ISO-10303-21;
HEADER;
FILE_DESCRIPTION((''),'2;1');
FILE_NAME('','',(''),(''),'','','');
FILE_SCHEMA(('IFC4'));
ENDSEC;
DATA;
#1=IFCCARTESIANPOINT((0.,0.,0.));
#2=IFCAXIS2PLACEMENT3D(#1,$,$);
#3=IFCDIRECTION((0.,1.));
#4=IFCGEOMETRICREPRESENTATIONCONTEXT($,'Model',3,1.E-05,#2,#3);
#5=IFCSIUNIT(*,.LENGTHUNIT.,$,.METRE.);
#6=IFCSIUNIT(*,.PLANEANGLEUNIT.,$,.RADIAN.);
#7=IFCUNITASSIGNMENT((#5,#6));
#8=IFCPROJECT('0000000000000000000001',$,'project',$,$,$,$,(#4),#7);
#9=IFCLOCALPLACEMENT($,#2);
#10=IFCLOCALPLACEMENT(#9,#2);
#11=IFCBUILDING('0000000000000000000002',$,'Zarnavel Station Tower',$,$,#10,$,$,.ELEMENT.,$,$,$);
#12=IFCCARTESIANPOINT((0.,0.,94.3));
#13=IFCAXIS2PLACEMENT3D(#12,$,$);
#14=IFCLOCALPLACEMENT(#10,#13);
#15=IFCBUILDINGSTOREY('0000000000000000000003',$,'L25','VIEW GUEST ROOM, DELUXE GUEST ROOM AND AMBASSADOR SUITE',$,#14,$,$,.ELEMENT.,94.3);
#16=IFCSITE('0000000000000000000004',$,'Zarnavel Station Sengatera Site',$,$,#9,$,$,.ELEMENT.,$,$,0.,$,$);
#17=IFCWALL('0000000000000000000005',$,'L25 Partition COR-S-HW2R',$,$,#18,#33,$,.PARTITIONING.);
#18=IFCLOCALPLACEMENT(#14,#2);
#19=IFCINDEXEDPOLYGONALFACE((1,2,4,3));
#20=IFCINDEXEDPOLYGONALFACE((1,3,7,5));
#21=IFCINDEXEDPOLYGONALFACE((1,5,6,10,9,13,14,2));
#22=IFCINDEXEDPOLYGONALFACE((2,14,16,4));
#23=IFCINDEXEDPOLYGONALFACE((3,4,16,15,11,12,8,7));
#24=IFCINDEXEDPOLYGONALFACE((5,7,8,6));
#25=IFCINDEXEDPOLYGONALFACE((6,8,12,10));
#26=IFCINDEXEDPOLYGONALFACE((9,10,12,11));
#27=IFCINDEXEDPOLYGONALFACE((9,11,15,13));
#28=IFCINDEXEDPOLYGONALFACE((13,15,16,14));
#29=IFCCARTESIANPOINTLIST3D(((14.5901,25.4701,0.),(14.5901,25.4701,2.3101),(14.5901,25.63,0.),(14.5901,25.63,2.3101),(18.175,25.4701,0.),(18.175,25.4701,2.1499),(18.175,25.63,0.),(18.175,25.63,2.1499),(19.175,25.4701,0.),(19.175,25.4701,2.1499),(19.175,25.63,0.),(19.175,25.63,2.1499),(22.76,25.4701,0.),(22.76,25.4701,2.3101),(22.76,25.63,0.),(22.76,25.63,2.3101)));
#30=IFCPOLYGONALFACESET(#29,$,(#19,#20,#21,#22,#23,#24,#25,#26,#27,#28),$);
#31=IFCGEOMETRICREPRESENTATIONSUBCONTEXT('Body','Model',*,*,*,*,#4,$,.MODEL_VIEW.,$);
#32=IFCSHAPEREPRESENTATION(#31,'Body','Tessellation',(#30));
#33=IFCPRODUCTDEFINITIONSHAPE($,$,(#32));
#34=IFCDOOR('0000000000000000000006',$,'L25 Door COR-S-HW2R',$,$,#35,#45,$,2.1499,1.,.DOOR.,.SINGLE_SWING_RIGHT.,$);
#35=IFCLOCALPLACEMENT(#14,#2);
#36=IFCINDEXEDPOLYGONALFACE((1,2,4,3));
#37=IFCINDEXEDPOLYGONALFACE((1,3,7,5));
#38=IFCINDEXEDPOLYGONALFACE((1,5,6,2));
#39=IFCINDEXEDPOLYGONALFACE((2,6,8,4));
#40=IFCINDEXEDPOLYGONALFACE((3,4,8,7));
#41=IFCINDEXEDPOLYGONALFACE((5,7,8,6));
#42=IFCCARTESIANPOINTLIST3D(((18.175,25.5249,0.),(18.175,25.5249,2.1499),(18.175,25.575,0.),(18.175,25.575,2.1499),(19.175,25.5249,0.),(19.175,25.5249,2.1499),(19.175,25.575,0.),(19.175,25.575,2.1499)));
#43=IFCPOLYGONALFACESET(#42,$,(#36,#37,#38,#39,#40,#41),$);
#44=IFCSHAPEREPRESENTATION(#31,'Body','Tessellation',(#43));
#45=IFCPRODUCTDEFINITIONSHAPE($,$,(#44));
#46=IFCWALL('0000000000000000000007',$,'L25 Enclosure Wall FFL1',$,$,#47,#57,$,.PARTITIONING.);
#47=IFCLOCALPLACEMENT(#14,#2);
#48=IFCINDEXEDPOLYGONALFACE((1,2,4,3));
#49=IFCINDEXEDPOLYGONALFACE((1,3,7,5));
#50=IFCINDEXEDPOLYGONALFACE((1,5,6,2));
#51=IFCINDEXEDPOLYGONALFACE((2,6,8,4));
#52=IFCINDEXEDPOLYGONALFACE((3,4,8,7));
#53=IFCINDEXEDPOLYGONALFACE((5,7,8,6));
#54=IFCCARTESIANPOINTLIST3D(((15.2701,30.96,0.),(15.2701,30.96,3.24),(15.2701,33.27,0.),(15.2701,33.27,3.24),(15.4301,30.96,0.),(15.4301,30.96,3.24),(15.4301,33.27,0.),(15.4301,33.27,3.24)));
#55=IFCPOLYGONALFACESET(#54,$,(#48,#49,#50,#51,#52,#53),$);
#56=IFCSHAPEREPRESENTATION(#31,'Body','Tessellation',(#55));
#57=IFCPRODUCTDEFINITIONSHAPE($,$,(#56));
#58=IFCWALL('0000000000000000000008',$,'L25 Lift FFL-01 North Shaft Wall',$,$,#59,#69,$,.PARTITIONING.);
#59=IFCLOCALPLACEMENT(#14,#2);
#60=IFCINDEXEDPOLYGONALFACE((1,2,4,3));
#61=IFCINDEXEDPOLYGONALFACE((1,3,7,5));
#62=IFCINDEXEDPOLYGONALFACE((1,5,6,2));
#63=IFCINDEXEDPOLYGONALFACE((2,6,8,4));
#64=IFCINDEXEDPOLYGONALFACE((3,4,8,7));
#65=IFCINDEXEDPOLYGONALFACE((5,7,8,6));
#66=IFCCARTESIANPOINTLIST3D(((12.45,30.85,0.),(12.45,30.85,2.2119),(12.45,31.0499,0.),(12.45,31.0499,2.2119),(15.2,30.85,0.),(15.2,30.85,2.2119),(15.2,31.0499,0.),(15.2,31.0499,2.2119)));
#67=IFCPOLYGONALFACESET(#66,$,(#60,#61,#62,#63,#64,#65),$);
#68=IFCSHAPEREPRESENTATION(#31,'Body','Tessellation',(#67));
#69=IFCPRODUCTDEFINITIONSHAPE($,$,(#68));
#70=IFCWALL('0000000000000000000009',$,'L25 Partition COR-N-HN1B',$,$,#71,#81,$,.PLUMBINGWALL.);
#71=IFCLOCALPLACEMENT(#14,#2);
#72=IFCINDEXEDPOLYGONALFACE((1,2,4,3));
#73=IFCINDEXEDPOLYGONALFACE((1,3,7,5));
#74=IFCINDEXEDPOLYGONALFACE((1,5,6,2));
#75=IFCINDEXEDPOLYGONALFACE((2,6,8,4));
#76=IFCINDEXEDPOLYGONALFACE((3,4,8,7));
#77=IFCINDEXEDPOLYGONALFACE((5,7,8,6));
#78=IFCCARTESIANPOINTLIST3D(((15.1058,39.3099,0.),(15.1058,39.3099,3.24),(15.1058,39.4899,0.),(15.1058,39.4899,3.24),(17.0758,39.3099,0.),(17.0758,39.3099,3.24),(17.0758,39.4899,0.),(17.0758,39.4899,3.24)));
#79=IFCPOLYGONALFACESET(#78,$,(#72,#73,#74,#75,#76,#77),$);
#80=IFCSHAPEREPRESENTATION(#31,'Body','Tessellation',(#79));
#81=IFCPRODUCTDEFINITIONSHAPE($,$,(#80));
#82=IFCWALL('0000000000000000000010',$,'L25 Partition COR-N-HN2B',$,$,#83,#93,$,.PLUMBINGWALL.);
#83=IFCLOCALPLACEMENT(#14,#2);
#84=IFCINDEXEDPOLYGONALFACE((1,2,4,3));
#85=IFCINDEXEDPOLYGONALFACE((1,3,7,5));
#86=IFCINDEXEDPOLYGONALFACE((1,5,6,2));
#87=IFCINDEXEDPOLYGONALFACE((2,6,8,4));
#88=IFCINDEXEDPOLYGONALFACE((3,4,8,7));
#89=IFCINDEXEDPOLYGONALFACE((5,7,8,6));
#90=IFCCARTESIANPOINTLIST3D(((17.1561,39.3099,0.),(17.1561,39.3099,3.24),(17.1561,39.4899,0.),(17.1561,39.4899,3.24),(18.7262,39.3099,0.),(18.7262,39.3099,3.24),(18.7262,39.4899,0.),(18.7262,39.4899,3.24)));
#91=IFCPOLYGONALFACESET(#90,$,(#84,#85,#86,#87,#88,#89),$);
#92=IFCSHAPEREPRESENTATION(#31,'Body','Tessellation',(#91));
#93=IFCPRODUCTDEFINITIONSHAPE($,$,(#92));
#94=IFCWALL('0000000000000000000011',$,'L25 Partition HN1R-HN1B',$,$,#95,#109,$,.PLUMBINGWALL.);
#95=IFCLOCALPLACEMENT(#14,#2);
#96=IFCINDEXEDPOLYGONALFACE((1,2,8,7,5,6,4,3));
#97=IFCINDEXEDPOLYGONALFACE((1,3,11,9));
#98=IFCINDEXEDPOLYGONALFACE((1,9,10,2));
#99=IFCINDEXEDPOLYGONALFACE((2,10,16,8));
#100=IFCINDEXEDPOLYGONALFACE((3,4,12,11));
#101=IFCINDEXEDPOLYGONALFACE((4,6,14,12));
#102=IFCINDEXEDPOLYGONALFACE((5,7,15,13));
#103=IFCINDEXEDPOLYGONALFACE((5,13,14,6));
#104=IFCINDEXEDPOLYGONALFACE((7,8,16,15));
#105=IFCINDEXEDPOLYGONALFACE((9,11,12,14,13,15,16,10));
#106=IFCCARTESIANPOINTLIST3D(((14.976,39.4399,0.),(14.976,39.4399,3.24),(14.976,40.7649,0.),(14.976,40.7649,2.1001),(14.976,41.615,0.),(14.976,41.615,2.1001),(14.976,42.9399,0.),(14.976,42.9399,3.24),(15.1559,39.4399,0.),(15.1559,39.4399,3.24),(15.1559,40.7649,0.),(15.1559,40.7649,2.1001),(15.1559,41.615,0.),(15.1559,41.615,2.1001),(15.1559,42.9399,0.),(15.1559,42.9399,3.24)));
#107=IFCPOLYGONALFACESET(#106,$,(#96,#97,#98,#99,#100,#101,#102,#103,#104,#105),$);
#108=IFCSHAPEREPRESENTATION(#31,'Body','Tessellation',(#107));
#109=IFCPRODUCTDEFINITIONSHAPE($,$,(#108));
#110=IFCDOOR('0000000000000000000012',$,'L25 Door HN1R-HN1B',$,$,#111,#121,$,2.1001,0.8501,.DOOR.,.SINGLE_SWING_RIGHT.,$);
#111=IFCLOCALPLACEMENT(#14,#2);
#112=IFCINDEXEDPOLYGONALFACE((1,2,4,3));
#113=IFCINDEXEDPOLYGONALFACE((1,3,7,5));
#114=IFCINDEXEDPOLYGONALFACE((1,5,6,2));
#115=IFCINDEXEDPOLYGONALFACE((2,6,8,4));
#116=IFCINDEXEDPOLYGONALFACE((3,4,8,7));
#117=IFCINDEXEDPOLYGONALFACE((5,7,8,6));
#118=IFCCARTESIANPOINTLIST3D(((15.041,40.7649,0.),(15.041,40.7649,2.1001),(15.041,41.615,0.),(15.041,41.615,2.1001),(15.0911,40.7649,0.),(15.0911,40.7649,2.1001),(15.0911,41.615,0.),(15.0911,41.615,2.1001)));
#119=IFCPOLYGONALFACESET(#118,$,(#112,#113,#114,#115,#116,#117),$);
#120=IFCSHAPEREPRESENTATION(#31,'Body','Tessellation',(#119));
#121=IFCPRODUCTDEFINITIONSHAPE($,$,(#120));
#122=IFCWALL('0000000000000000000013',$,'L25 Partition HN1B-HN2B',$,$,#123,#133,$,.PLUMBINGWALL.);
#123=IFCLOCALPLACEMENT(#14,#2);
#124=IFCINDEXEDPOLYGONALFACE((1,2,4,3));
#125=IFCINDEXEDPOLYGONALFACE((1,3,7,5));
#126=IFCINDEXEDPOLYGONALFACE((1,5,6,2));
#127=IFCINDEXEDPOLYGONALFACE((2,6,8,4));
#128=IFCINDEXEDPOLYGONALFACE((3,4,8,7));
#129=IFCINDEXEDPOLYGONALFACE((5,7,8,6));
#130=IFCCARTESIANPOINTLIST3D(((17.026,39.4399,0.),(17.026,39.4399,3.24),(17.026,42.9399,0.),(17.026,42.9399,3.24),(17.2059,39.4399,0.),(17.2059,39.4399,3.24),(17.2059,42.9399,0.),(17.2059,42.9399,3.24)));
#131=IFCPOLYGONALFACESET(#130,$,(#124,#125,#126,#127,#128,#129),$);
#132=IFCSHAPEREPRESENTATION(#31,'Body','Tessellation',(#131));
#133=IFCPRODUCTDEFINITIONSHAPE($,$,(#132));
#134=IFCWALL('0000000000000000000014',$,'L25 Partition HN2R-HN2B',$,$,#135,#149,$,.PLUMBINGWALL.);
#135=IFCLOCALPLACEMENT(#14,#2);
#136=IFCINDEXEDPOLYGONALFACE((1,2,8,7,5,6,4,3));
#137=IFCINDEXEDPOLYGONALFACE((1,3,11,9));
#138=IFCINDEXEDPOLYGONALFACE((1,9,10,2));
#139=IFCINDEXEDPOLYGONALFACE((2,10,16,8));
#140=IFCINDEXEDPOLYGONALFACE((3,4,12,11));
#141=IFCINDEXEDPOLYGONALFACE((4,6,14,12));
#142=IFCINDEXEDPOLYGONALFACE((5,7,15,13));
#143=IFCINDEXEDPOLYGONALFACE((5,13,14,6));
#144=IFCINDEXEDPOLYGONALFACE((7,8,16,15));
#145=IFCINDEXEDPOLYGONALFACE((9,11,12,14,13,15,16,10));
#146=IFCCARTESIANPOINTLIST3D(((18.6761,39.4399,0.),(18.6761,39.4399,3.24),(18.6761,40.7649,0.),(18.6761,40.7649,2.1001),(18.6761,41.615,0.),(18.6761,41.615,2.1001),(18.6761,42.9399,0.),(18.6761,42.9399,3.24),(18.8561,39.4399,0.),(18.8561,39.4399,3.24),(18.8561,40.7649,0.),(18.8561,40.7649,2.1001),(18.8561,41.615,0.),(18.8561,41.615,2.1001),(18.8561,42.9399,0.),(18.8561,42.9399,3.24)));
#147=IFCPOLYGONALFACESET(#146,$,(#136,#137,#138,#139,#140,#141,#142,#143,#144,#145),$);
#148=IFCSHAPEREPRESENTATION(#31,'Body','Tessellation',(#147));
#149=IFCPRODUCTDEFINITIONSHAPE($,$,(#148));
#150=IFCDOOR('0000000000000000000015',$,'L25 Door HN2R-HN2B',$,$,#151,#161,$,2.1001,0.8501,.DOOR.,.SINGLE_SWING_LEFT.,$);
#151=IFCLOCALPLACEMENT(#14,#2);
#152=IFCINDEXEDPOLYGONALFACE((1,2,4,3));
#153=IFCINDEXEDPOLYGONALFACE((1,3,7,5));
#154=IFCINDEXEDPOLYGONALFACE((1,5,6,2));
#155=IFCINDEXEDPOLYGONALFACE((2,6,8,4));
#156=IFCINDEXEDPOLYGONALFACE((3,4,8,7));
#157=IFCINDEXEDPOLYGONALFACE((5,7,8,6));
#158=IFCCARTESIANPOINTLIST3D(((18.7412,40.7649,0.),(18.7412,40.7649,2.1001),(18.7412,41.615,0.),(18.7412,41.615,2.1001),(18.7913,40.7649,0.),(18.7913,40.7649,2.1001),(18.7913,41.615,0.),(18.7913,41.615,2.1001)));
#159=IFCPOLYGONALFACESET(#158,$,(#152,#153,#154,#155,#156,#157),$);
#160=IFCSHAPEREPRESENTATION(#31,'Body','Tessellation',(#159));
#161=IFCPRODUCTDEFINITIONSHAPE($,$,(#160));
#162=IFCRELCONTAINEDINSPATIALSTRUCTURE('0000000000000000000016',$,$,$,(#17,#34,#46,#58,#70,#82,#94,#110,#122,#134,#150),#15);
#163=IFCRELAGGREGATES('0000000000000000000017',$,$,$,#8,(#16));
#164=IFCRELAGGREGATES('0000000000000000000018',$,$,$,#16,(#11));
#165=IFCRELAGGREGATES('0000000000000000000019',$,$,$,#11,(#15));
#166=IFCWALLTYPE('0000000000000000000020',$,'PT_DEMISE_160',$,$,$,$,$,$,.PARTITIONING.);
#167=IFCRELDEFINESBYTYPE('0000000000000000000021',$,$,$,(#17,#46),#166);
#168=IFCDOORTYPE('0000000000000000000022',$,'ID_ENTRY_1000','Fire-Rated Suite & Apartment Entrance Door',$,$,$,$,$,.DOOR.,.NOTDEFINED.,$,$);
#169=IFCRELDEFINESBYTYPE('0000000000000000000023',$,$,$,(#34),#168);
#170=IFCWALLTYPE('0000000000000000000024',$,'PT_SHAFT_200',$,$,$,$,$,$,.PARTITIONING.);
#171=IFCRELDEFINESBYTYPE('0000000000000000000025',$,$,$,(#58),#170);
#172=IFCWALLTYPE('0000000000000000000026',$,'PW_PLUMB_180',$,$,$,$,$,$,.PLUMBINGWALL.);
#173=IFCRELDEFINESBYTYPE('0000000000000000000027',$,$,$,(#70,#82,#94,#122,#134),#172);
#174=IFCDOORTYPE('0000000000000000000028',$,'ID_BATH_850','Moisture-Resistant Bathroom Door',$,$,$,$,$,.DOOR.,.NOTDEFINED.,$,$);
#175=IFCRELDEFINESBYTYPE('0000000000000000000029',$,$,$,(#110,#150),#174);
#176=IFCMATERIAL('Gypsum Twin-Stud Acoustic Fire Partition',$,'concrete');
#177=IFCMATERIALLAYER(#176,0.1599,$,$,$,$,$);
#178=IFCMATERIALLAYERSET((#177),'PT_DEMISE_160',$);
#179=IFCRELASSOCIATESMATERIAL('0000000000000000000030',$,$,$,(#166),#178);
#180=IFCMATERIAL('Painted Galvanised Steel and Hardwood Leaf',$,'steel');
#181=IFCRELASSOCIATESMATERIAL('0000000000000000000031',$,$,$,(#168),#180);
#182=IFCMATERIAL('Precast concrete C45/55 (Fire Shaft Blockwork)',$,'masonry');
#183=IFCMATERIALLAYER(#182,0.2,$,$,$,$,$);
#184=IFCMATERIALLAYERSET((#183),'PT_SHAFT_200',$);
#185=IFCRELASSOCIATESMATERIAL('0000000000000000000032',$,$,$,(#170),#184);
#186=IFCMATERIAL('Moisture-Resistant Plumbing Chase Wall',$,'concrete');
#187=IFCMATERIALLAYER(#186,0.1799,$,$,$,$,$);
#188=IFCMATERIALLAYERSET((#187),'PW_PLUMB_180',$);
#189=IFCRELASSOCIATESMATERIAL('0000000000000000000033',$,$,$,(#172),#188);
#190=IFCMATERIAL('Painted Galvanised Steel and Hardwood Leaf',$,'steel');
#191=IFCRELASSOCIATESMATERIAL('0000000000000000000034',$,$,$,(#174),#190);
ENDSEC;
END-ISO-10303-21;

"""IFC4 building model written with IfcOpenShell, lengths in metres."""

from ifc_helpers import new_model, si_unit, direction, frame, frame_2d, origin, place, context, subcontext, project, spatial, rectangle, extrude, material, layer, layer_set, type_object, element, fill, save


model = new_model("IFC4")

# Units and contexts
model_context = context("Model", 3, precision=1e-05, world=origin(), true_north=direction((0.0, 1.0)))
body_context = subcontext(model_context, "Body", "Model", "MODEL_VIEW")
ifc_project = project(units=[si_unit("LENGTHUNIT", "METRE"), si_unit("PLANEANGLEUNIT", "RADIAN")], contexts=[model_context])

# Site, building, storey
site_placement = place(None, origin())
site = spatial("IfcSite", under=ifc_project, at=site_placement, Name="Zarnavel Station Sengatera Site", CompositionType="ELEMENT", RefElevation=0.0)
building_placement = place(site_placement, origin())
building = spatial("IfcBuilding", under=site, at=building_placement, Name="Zarnavel Station Tower", CompositionType="ELEMENT")
storey_placement = place(building_placement, frame((0.0, 0.0, 94.3)))
storey = spatial("IfcBuildingStorey", under=building, at=storey_placement, Name="L25", Description="VIEW GUEST ROOM, DELUXE GUEST ROOM AND AMBASSADOR SUITE", CompositionType="ELEMENT", Elevation=94.3)

# Wall, opening, door
ifc_material_1 = material(Name="Gypsum Twin-Stud Acoustic Fire Partition", Category="concrete")
ifc_layer_1 = layer(ifc_material_1, 0.1599)
ifc_layer_set_1 = layer_set([ifc_layer_1], Name="PT_DEMISE_160")
wall_type_1 = type_object("IfcWallType", Name="PT_DEMISE_160", PredefinedType="PARTITIONING", material=ifc_layer_set_1)
wall_1_placement = place(storey_placement, frame((14.5901, 25.55, 0.0), z_axis=(0.0, 0.0, 1.0), x_axis=(1.0, 0.0, 0.0)))
wall_1 = element("IfcWall", 1, at=wall_1_placement, inside=storey, type_object=wall_type_1, Name="L25 Partition COR-S-HW2R", PredefinedType="PARTITIONING", context=body_context, shape_type="SweptSolid", body=[
    extrude(rectangle(XDim=8.1699, YDim=0.1599, at=frame_2d((4.085, 0.0))), origin(), (0.0, 0.0, 1.0), 2.3101),
])
opening_1_placement = place(wall_1_placement, frame((3.585, 0.0, 0.0)))
opening_1 = element("IfcOpeningElement", 2, at=opening_1_placement, cuts=wall_1, PredefinedType="OPENING", context=body_context, shape_type="SweptSolid", body=[
    extrude(rectangle(XDim=1.0, YDim=2.1499, at=frame_2d((0.5, 1.075))), frame((0.0, 0.0898, 0.0), z_axis=(0.0, -1.0, 0.0), x_axis=(1.0, 0.0, 0.0)), (0.0, 0.0, 1.0), 0.1799),
])
ifc_material_2 = material(Name="Painted Galvanised Steel and Hardwood Leaf", Category="steel")
door_type_1 = type_object("IfcDoorType", Name="ID_ENTRY_1000", Description="Fire-Rated Suite & Apartment Entrance Door", OperationType="NOTDEFINED", PredefinedType="DOOR", material=ifc_material_2)
door_1_placement = place(opening_1_placement, origin())
door_1 = element("IfcDoor", 3, at=door_1_placement, inside=storey, type_object=door_type_1, Name="L25 Door COR-S-HW2R", OperationType="SINGLE_SWING_RIGHT", OverallHeight=2.1499, OverallWidth=1.0, PredefinedType="DOOR", context=body_context, shape_type="SweptSolid", body=[
    extrude(rectangle(XDim=1.0, YDim=2.1499, at=frame_2d((0.5, 1.075))), frame((0.0, 0.0249, 0.0), z_axis=(0.0, -1.0, 0.0), x_axis=(1.0, 0.0, 0.0)), (0.0, 0.0, 1.0), 0.05),
])
fill(opening_1, door_1)

# Wall
wall_2_placement = place(storey_placement, frame((15.3501, 30.96, 0.0), z_axis=(0.0, 0.0, 1.0), x_axis=(0.0, 1.0, 0.0)))
element("IfcWall", 4, at=wall_2_placement, inside=storey, type_object=wall_type_1, Name="L25 Enclosure Wall FFL1", PredefinedType="PARTITIONING", context=body_context, shape_type="SweptSolid", body=[
    extrude(rectangle(XDim=2.3101, YDim=0.1599, at=frame_2d((1.155, 0.0))), origin(), (0.0, 0.0, 1.0), 3.24),
])

# Shared definitions
ifc_material_3 = material(Name="Precast concrete C45/55 (Fire Shaft Blockwork)", Category="masonry")
ifc_layer_2 = layer(ifc_material_3, 0.2)
ifc_layer_set_2 = layer_set([ifc_layer_2], Name="PT_SHAFT_200")
wall_type_2 = type_object("IfcWallType", Name="PT_SHAFT_200", PredefinedType="PARTITIONING", material=ifc_layer_set_2)

# Walls
wall_3_placement = place(storey_placement, frame((12.45, 30.95, 0.0), z_axis=(0.0, 0.0, 1.0), x_axis=(1.0, 0.0, 0.0)))
element("IfcWall", 5, at=wall_3_placement, inside=storey, type_object=wall_type_2, Name="L25 Lift FFL-01 North Shaft Wall", PredefinedType="PARTITIONING", context=body_context, shape_type="SweptSolid", body=[
    extrude(rectangle(XDim=2.75, YDim=0.2, at=frame_2d((1.375, 0.0))), origin(), (0.0, 0.0, 1.0), 2.2119),
])
ifc_material_4 = material(Name="Moisture-Resistant Plumbing Chase Wall", Category="concrete")
ifc_layer_3 = layer(ifc_material_4, 0.1799)
ifc_layer_set_3 = layer_set([ifc_layer_3], Name="PW_PLUMB_180")
wall_type_3 = type_object("IfcWallType", Name="PW_PLUMB_180", PredefinedType="PLUMBINGWALL", material=ifc_layer_set_3)
wall_4_placement = place(storey_placement, frame((15.106, 39.3999, 0.0), z_axis=(0.0, 0.0, 1.0), x_axis=(1.0, 0.0, 0.0)))
element("IfcWall", 6, at=wall_4_placement, inside=storey, type_object=wall_type_3, Name="L25 Partition COR-N-HN1B", PredefinedType="PLUMBINGWALL", context=body_context, shape_type="SweptSolid", body=[
    extrude(rectangle(XDim=1.97, YDim=0.1799, at=frame_2d((0.9849, 0.0))), origin(), (0.0, 0.0, 1.0), 3.24),
])
wall_5_placement = place(storey_placement, frame((17.156, 39.3999, 0.0), z_axis=(0.0, 0.0, 1.0), x_axis=(1.0, 0.0, 0.0)))
element("IfcWall", 7, at=wall_5_placement, inside=storey, type_object=wall_type_3, Name="L25 Partition COR-N-HN2B", PredefinedType="PLUMBINGWALL", context=body_context, shape_type="SweptSolid", body=[
    extrude(rectangle(XDim=1.5701, YDim=0.1799, at=frame_2d((0.7852, 0.0))), origin(), (0.0, 0.0, 1.0), 3.24),
])

# Wall, opening, door
wall_6_placement = place(storey_placement, frame((15.0659, 39.4399, 0.0), z_axis=(0.0, 0.0, 1.0), x_axis=(0.0, 1.0, 0.0)))
wall_6 = element("IfcWall", 8, at=wall_6_placement, inside=storey, type_object=wall_type_3, Name="L25 Partition HN1R-HN1B", PredefinedType="PLUMBINGWALL", context=body_context, shape_type="SweptSolid", body=[
    extrude(rectangle(XDim=3.5, YDim=0.1799, at=frame_2d((1.75, 0.0))), origin(), (0.0, 0.0, 1.0), 3.24),
])
opening_2_placement = place(wall_6_placement, frame((1.325, 0.0, 0.0)))
opening_2 = element("IfcOpeningElement", 9, at=opening_2_placement, cuts=wall_6, PredefinedType="OPENING", context=body_context, shape_type="SweptSolid", body=[
    extrude(rectangle(XDim=0.8501, YDim=2.1001, at=frame_2d((0.425, 1.05))), frame((0.0, 0.0999, 0.0), z_axis=(0.0, -1.0, 0.0), x_axis=(1.0, 0.0, 0.0)), (0.0, 0.0, 1.0), 0.2),
])
ifc_material_5 = material(Name="Painted Galvanised Steel and Hardwood Leaf", Category="steel")
door_type_2 = type_object("IfcDoorType", Name="ID_BATH_850", Description="Moisture-Resistant Bathroom Door", OperationType="NOTDEFINED", PredefinedType="DOOR", material=ifc_material_5)
door_2_placement = place(opening_2_placement, origin())
door_2 = element("IfcDoor", 10, at=door_2_placement, inside=storey, type_object=door_type_2, Name="L25 Door HN1R-HN1B", OperationType="SINGLE_SWING_RIGHT", OverallHeight=2.1001, OverallWidth=0.8501, PredefinedType="DOOR", context=body_context, shape_type="SweptSolid", body=[
    extrude(rectangle(XDim=0.8501, YDim=2.1001, at=frame_2d((0.425, 1.05))), frame((0.0, 0.0249, 0.0), z_axis=(0.0, -1.0, 0.0), x_axis=(1.0, 0.0, 0.0)), (0.0, 0.0, 1.0), 0.05),
])
fill(opening_2, door_2)

# Wall
wall_7_placement = place(storey_placement, frame((17.116, 39.4399, 0.0), z_axis=(0.0, 0.0, 1.0), x_axis=(0.0, 1.0, 0.0)))
element("IfcWall", 11, at=wall_7_placement, inside=storey, type_object=wall_type_3, Name="L25 Partition HN1B-HN2B", PredefinedType="PLUMBINGWALL", context=body_context, shape_type="SweptSolid", body=[
    extrude(rectangle(XDim=3.5, YDim=0.1799, at=frame_2d((1.75, 0.0))), origin(), (0.0, 0.0, 1.0), 3.24),
])

# Wall, opening, door
wall_8_placement = place(storey_placement, frame((18.7661, 39.4399, 0.0), z_axis=(0.0, 0.0, 1.0), x_axis=(0.0, 1.0, 0.0)))
wall_8 = element("IfcWall", 12, at=wall_8_placement, inside=storey, type_object=wall_type_3, Name="L25 Partition HN2R-HN2B", PredefinedType="PLUMBINGWALL", context=body_context, shape_type="SweptSolid", body=[
    extrude(rectangle(XDim=3.5, YDim=0.1799, at=frame_2d((1.75, 0.0))), origin(), (0.0, 0.0, 1.0), 3.24),
])
opening_3_placement = place(wall_8_placement, frame((1.325, 0.0, 0.0)))
opening_3 = element("IfcOpeningElement", 13, at=opening_3_placement, cuts=wall_8, PredefinedType="OPENING", context=body_context, shape_type="SweptSolid", body=[
    extrude(rectangle(XDim=0.8501, YDim=2.1001, at=frame_2d((0.425, 1.05))), frame((0.0, 0.0999, 0.0), z_axis=(0.0, -1.0, 0.0), x_axis=(1.0, 0.0, 0.0)), (0.0, 0.0, 1.0), 0.2),
])
door_3_placement = place(opening_3_placement, origin())
door_3 = element("IfcDoor", 14, at=door_3_placement, inside=storey, type_object=door_type_2, Name="L25 Door HN2R-HN2B", OperationType="SINGLE_SWING_LEFT", OverallHeight=2.1001, OverallWidth=0.8501, PredefinedType="DOOR", context=body_context, shape_type="SweptSolid", body=[
    extrude(rectangle(XDim=0.8501, YDim=2.1001, at=frame_2d((0.425, 1.05))), frame((0.0, 0.0249, 0.0), z_axis=(0.0, -1.0, 0.0), x_axis=(1.0, 0.0, 0.0)), (0.0, 0.0, 1.0), 0.05),
])
fill(opening_3, door_3)

save(model, "model.ifc")
